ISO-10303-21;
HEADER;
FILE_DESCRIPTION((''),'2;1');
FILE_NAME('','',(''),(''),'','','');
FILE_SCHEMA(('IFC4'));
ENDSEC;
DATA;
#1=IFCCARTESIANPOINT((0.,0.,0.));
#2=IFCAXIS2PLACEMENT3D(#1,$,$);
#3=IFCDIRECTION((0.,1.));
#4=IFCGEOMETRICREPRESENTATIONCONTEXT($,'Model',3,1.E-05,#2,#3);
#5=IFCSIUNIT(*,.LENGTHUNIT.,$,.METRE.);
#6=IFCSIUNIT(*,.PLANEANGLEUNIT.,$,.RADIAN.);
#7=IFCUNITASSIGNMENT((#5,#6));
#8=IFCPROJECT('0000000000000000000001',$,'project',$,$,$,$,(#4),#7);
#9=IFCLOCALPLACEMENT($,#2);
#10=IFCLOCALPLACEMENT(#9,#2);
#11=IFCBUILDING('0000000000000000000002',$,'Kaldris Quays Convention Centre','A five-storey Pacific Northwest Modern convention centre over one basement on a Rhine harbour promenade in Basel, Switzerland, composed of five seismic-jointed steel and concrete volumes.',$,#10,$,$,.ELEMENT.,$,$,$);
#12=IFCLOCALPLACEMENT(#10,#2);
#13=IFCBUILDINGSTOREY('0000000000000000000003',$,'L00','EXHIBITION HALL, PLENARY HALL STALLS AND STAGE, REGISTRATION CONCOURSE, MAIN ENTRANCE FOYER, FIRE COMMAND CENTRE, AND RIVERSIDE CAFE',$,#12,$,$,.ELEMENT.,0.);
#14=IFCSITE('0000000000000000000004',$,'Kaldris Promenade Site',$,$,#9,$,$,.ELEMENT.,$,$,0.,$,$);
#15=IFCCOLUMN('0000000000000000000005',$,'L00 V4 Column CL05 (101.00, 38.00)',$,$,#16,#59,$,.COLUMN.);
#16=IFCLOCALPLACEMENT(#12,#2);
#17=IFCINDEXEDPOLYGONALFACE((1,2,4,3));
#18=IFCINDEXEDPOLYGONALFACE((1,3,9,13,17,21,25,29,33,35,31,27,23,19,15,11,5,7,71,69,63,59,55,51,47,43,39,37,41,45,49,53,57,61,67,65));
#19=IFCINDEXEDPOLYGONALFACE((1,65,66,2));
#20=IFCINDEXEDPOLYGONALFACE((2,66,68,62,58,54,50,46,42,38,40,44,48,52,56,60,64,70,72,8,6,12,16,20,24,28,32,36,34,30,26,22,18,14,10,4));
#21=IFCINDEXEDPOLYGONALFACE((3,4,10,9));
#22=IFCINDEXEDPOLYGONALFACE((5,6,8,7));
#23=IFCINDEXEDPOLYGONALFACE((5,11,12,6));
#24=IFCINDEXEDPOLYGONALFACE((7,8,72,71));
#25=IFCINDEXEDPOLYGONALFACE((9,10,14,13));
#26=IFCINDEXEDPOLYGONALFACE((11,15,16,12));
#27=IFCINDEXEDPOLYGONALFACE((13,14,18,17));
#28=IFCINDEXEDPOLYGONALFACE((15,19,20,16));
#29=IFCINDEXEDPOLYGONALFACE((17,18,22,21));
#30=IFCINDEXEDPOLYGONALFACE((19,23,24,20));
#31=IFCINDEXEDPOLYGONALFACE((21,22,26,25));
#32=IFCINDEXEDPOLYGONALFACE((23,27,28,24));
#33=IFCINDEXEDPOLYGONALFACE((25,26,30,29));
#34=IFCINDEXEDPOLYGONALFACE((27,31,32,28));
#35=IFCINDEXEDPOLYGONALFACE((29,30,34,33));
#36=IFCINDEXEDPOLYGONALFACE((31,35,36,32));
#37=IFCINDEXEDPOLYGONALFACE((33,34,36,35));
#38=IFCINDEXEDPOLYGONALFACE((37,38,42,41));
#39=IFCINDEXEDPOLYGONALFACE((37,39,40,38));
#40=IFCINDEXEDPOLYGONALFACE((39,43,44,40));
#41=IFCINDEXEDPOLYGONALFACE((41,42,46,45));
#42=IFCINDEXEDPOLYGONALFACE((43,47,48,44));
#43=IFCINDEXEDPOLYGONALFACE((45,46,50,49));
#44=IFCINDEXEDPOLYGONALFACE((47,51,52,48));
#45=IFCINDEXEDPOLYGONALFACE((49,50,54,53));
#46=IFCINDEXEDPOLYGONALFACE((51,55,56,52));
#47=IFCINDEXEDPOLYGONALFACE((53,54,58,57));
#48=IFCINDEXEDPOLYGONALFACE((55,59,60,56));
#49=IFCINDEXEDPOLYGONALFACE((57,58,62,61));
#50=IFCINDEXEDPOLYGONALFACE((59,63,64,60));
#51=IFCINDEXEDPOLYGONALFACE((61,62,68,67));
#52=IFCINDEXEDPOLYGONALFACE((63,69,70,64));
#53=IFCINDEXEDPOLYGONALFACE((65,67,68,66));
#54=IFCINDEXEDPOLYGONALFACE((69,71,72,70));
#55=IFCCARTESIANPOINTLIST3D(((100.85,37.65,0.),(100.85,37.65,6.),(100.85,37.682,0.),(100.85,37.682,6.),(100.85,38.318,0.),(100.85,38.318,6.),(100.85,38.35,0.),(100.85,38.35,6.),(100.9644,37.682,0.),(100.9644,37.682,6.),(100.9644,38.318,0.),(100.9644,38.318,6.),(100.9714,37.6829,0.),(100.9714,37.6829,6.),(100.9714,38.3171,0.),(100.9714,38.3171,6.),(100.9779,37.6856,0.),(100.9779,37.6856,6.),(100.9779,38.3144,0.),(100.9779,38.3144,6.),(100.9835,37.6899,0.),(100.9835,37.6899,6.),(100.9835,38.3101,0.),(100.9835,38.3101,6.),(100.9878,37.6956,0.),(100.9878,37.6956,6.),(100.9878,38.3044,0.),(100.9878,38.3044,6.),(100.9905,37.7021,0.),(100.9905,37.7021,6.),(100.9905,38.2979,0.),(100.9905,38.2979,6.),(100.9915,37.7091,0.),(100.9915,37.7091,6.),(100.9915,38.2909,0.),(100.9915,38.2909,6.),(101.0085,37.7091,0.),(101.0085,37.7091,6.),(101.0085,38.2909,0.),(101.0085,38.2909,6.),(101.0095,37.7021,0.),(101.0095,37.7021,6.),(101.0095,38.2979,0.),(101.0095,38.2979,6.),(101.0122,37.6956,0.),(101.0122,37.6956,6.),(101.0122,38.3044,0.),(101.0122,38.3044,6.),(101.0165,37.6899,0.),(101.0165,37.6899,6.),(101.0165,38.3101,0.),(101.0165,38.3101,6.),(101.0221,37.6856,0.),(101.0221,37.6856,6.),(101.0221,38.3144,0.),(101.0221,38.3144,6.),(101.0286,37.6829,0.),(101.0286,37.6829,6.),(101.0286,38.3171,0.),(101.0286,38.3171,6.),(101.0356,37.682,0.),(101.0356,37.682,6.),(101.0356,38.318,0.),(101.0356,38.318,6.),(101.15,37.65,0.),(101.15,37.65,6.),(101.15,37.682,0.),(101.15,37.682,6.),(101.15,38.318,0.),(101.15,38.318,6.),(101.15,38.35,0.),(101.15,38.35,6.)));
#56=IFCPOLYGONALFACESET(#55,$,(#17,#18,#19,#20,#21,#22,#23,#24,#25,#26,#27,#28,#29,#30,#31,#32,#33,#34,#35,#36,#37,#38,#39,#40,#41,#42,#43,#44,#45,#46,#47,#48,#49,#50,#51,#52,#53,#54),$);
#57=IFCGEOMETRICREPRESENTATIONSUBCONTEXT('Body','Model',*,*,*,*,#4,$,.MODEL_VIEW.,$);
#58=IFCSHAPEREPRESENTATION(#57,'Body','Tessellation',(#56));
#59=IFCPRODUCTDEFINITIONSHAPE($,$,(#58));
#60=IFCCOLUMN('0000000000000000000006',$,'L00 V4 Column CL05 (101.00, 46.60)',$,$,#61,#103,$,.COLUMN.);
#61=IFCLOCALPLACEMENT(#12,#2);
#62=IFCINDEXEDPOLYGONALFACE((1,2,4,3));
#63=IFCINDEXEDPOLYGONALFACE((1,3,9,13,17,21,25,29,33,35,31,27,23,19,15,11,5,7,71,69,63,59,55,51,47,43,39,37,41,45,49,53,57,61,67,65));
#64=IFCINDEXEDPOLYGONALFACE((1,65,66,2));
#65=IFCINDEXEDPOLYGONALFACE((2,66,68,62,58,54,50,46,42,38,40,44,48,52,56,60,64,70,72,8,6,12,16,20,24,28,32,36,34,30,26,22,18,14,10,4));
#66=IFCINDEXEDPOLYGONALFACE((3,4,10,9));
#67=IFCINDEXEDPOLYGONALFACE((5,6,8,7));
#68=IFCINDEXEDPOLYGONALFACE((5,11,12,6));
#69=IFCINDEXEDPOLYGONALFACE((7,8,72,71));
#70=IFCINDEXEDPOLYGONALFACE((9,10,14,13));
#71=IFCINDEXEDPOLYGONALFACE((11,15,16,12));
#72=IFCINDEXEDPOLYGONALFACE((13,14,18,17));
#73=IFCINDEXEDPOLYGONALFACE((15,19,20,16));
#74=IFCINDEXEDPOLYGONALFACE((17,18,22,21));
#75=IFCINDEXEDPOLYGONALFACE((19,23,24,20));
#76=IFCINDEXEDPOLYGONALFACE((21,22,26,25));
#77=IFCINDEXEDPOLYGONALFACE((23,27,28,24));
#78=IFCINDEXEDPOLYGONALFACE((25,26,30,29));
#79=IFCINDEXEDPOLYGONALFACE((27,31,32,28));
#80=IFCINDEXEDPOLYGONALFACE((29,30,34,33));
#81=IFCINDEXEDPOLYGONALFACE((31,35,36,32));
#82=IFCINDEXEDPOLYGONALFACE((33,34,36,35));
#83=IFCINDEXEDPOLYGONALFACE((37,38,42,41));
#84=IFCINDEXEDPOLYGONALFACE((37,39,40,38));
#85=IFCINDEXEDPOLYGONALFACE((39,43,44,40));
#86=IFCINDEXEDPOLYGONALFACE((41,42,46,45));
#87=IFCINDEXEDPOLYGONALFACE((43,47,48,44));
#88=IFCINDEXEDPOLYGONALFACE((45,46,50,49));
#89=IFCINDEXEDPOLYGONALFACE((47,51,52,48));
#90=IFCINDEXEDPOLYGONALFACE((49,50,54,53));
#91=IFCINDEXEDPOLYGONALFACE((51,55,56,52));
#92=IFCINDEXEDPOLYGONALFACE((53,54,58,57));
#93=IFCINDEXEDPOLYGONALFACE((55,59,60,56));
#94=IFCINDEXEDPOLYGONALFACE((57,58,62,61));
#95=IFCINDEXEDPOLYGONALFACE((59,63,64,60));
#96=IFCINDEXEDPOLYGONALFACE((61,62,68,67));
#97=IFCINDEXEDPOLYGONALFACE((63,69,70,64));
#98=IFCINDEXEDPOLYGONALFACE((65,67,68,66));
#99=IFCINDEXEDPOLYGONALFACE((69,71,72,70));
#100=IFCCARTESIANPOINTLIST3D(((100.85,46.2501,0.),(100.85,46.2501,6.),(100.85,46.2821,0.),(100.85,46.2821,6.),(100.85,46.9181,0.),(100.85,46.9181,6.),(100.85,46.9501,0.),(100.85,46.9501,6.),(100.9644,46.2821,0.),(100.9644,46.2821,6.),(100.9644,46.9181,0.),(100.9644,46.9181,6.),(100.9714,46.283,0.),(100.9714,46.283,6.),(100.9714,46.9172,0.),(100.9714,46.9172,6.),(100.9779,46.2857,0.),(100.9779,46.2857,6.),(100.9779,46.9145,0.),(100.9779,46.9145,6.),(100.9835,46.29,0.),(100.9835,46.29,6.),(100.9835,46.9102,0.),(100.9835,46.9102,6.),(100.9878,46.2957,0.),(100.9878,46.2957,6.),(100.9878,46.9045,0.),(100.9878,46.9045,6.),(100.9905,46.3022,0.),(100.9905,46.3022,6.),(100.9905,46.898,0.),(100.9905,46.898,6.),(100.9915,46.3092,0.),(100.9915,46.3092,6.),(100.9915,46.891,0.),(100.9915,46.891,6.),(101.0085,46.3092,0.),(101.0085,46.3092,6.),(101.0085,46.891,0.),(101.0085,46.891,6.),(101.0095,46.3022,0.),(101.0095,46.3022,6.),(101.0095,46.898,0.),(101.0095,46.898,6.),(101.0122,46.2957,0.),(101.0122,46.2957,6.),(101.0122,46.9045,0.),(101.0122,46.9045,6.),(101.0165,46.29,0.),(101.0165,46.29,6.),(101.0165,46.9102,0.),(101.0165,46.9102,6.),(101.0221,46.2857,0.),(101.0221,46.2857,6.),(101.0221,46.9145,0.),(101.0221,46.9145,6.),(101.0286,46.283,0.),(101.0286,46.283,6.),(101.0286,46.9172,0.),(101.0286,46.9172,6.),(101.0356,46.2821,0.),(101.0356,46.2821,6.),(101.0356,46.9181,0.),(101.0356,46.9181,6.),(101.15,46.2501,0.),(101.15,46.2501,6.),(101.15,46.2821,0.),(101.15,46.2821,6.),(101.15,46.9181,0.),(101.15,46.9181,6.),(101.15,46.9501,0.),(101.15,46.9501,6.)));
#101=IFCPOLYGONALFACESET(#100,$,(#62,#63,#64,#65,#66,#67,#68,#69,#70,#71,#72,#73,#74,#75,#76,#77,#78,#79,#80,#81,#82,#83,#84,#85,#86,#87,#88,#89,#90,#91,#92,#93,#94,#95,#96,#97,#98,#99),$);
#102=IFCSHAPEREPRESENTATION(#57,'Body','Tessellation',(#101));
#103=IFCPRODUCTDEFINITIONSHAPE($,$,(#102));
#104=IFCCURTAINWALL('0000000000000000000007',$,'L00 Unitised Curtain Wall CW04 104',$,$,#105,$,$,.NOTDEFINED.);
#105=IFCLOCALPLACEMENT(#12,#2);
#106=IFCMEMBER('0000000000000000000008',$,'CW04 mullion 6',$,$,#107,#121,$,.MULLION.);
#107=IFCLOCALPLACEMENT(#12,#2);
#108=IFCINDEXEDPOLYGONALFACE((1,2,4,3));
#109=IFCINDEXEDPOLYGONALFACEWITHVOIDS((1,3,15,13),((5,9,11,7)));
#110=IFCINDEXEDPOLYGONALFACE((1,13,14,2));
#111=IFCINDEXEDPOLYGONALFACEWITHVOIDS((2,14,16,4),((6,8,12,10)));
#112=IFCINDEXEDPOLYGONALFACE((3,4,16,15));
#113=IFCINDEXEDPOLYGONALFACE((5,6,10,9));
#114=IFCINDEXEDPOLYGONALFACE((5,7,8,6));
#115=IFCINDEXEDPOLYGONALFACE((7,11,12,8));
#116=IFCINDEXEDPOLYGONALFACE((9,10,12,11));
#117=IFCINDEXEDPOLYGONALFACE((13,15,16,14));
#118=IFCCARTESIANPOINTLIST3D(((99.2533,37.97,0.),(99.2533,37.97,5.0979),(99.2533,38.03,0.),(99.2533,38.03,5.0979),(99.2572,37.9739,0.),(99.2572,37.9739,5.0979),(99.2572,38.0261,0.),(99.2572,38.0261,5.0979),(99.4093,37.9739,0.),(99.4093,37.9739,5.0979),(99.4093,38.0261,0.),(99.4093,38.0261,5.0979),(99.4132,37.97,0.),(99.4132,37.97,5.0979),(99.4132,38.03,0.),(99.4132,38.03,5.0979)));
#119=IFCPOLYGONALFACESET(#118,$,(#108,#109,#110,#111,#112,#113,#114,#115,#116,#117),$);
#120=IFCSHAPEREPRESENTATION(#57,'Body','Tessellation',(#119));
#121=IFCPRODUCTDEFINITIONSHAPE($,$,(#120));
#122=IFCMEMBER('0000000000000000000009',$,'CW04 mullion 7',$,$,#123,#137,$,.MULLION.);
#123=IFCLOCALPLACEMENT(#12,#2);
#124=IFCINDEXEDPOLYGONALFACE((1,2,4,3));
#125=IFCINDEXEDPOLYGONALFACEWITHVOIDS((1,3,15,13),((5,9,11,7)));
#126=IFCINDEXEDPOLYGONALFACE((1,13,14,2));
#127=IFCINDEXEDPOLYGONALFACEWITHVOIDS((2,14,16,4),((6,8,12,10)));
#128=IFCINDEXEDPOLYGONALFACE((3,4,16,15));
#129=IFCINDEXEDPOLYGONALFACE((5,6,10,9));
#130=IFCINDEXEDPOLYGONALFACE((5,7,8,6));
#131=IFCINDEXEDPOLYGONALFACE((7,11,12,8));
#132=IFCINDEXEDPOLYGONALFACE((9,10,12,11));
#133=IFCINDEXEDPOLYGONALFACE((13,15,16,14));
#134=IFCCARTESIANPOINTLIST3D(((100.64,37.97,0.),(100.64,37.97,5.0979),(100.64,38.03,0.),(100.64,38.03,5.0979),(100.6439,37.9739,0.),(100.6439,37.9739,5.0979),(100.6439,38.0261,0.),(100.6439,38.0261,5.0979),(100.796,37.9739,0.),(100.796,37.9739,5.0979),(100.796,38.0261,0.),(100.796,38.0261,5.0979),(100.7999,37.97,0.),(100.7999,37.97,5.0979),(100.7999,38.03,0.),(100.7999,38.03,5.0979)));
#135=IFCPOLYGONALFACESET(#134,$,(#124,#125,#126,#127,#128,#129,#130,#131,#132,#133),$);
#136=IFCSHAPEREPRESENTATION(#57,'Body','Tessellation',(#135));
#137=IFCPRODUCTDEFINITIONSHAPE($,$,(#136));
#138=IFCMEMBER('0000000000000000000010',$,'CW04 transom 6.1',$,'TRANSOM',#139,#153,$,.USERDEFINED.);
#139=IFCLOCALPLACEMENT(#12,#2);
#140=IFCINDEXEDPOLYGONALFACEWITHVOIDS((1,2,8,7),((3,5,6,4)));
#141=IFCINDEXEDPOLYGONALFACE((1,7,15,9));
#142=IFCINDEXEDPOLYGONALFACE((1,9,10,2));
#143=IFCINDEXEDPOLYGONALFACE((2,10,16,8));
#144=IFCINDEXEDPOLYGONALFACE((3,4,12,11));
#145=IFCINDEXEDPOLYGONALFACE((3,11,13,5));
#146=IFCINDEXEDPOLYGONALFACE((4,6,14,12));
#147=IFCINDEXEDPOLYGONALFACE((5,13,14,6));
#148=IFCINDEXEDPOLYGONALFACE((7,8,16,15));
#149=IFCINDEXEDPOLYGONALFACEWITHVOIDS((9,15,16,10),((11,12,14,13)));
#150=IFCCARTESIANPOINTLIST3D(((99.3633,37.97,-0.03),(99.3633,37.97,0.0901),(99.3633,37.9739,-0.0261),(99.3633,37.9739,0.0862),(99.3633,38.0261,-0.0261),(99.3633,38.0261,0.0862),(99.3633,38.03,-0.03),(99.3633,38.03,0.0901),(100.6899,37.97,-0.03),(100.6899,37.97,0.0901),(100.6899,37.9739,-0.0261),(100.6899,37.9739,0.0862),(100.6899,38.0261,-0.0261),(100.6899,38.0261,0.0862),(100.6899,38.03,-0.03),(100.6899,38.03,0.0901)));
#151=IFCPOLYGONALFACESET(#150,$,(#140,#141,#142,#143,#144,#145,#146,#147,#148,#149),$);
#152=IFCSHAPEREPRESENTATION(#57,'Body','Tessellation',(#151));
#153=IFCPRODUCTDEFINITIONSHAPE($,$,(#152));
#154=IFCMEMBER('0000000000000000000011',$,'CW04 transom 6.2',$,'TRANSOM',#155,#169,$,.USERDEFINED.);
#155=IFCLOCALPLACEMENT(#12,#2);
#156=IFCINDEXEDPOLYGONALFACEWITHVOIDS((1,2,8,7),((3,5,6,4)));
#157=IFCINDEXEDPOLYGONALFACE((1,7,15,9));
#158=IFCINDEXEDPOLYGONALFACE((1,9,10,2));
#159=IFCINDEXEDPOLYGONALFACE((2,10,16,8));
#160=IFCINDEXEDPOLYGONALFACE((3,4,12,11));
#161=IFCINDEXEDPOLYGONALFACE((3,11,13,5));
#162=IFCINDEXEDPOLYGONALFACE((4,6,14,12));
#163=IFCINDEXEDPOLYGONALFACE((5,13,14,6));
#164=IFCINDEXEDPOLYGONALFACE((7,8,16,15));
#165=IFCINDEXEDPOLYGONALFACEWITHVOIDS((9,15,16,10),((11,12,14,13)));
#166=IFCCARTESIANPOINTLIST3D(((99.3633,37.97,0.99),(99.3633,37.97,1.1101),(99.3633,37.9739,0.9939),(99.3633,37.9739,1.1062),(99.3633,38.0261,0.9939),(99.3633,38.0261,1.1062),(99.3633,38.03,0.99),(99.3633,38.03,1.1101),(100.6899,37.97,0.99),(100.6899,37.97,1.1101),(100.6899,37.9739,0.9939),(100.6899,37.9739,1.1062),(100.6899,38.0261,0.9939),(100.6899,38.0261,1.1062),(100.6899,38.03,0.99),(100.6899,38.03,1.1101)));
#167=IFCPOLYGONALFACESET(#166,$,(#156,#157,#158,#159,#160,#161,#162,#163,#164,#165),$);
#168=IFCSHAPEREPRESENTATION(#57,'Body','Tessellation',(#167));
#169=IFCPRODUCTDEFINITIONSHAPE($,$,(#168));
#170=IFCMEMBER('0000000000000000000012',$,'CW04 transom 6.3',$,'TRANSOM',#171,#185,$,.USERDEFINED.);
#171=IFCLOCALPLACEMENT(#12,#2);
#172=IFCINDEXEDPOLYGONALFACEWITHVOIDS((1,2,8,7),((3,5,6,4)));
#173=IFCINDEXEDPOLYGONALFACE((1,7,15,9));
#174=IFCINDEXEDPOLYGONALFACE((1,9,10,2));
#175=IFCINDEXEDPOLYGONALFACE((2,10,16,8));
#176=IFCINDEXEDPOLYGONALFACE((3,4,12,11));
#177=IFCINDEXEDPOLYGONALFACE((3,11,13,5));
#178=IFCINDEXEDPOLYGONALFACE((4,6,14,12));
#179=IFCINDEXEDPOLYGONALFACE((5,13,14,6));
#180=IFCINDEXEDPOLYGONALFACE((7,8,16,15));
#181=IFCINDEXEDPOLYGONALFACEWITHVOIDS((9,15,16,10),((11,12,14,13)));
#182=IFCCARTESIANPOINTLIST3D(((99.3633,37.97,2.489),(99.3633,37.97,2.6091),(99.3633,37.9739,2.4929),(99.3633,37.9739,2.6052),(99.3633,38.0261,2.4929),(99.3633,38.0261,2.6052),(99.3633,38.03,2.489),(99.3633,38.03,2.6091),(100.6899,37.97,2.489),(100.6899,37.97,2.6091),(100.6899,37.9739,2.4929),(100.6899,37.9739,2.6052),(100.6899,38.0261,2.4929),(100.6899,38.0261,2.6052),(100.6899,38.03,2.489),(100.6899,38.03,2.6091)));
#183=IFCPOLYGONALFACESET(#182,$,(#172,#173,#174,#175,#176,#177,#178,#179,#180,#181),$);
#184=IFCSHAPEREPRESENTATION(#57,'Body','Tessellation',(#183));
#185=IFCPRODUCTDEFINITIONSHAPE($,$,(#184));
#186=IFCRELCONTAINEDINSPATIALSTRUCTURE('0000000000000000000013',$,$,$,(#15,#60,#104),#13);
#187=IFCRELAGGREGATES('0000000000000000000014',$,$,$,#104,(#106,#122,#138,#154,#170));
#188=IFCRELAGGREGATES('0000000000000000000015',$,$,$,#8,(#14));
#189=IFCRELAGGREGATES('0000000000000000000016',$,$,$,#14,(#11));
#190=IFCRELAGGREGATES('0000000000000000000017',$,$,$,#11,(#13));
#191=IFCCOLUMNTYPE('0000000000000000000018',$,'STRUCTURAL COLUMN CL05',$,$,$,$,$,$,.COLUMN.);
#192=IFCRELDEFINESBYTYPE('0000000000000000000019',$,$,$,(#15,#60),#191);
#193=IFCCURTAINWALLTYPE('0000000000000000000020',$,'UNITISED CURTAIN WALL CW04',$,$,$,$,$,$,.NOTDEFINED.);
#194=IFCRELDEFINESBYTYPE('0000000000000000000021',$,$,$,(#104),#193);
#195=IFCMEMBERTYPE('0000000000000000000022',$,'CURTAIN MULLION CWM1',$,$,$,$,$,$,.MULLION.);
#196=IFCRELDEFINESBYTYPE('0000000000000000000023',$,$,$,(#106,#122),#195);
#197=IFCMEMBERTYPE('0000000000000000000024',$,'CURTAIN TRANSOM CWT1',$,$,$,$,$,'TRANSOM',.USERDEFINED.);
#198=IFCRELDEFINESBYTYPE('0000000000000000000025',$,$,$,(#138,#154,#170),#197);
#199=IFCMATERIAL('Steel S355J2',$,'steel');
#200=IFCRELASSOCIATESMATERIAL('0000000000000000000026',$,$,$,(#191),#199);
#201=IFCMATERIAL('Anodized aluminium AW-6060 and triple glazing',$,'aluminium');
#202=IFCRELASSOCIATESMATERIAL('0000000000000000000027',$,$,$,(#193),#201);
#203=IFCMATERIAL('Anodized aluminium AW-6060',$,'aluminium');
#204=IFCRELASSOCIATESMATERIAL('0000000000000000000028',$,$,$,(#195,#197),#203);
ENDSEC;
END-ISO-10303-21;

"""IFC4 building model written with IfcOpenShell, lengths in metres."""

from ifc_helpers import new_model, si_unit, direction, frame, origin, origin_2d, place, context, subcontext, project, spatial, hollow_rectangle, i_section, extrude, material, material_profile, profile_set, type_object, element, aggregate, save


model = new_model("IFC4")

# Units and contexts
model_context = context("Model", 3, precision=1e-05, world=origin(), true_north=direction((0.0, 1.0)))
body_context = subcontext(model_context, "Body", "Model", "MODEL_VIEW")
ifc_project = project(units=[si_unit("LENGTHUNIT", "METRE"), si_unit("PLANEANGLEUNIT", "RADIAN")], contexts=[model_context])

# Site, building, storey
site_placement = place(None, origin())
site = spatial("IfcSite", under=ifc_project, at=site_placement, Name="Kaldris Promenade Site", CompositionType="ELEMENT", RefElevation=0.0)
building_placement = place(site_placement, origin())
building = spatial("IfcBuilding", under=site, at=building_placement, Name="Kaldris Quays Convention Centre", Description="A five-storey Pacific Northwest Modern convention centre over one basement on a Rhine harbour promenade in Basel, Switzerland, composed of five seismic-jointed steel and concrete volumes.", CompositionType="ELEMENT")
storey_placement = place(building_placement, origin())
storey = spatial("IfcBuildingStorey", under=building, at=storey_placement, Name="L00", Description="EXHIBITION HALL, PLENARY HALL STALLS AND STAGE, REGISTRATION CONCOURSE, MAIN ENTRANCE FOYER, FIRE COMMAND CENTRE, AND RIVERSIDE CAFE", CompositionType="ELEMENT", Elevation=0.0)

# Columns
ifc_material_1 = material(Name="Steel S355J2", Category="steel")
ifc_material_profile_1 = material_profile(ifc_material_1, i_section(OverallWidth=0.3, OverallDepth=0.7, WebThickness=0.0171, FlangeThickness=0.032, FilletRadius=0.0271, at=origin_2d()), Name="HEB 700")
ifc_profile_set_1 = profile_set([ifc_material_profile_1], Name="Steel S355J2")
column_type = type_object("IfcColumnType", Name="STRUCTURAL COLUMN CL05", PredefinedType="COLUMN", material=ifc_profile_set_1)
for number, where, z_axis, x_axis, name in (
    (1, (101.0, 38.0, 0.0), (0.0, 0.0, 1.0), (1.0, 0.0, 0.0), "L00 V4 Column CL05 (101.00, 38.00)"),
    (2, (101.0, 46.6001, 0.0), (0.0, 0.0, 1.0), (1.0, 0.0, 0.0), "L00 V4 Column CL05 (101.00, 46.60)"),
):
    element("IfcColumn", number, at=place(storey_placement, frame(where, z_axis=z_axis, x_axis=x_axis)), inside=storey, type_object=column_type, Name=name, PredefinedType="COLUMN", context=body_context, shape_type="SweptSolid", body=[
        extrude(i_section(OverallWidth=0.3, OverallDepth=0.7, WebThickness=0.0171, FlangeThickness=0.032, FilletRadius=0.0271, at=origin_2d()), origin(), (0.0, 0.0, 1.0), 6.0),
    ])

# Curtain wall, members
ifc_material_2 = material(Name="Anodized aluminium AW-6060 and triple glazing", Category="aluminium")
curtain_wall_type = type_object("IfcCurtainWallType", Name="UNITISED CURTAIN WALL CW04", PredefinedType="NOTDEFINED", material=ifc_material_2)
curtain_wall_placement = place(storey_placement, origin())
curtain_wall = element("IfcCurtainWall", 3, at=curtain_wall_placement, inside=storey, type_object=curtain_wall_type, Name="L00 Unitised Curtain Wall CW04 104", PredefinedType="NOTDEFINED")
ifc_material_3 = material(Name="Anodized aluminium AW-6060", Category="aluminium")
ifc_material_profile_2 = material_profile(ifc_material_3, hollow_rectangle(XDim=0.0601, YDim=0.1599, WallThickness=0.0039, at=origin_2d()), Name="RHS 160x60x4")
ifc_profile_set_2 = profile_set([ifc_material_profile_2], Name="Anodized aluminium AW-6060")
member_type_1 = type_object("IfcMemberType", Name="CURTAIN MULLION CWM1", PredefinedType="MULLION", material=ifc_profile_set_2)
member_1_placement = place(storey_placement, frame((99.3333, 38.0, 0.0), z_axis=(0.0, 0.0, 1.0), x_axis=(0.0, 1.0, 0.0)))
member_1 = element("IfcMember", 4, at=member_1_placement, type_object=member_type_1, Name="CW04 mullion 6", PredefinedType="MULLION", context=body_context, shape_type="SweptSolid", body=[
    extrude(hollow_rectangle(XDim=0.0601, YDim=0.1599, WallThickness=0.0039, at=origin_2d()), origin(), (0.0, 0.0, 1.0), 5.0979),
])
member_2_placement = place(storey_placement, frame((100.72, 38.0, 0.0), z_axis=(0.0, 0.0, 1.0), x_axis=(0.0, 1.0, 0.0)))
member_2 = element("IfcMember", 5, at=member_2_placement, type_object=member_type_1, Name="CW04 mullion 7", PredefinedType="MULLION", context=body_context, shape_type="SweptSolid", body=[
    extrude(hollow_rectangle(XDim=0.0601, YDim=0.1599, WallThickness=0.0039, at=origin_2d()), origin(), (0.0, 0.0, 1.0), 5.0979),
])
ifc_material_profile_3 = material_profile(ifc_material_3, hollow_rectangle(XDim=0.0601, YDim=0.1201, WallThickness=0.0039, at=origin_2d()), Name="RHS 120x60x4")
ifc_profile_set_3 = profile_set([ifc_material_profile_3], Name="Anodized aluminium AW-6060")
member_type_2 = type_object("IfcMemberType", Name="CURTAIN TRANSOM CWT1", ElementType="TRANSOM", PredefinedType="USERDEFINED", material=ifc_profile_set_3)
member_3_placement = place(storey_placement, frame((99.3633, 38.0, 0.03), z_axis=(1.0, 0.0, 0.0), x_axis=(0.0, 1.0, 0.0)))
member_3 = element("IfcMember", 6, at=member_3_placement, type_object=member_type_2, Name="CW04 transom 6.1", ObjectType="TRANSOM", PredefinedType="USERDEFINED", context=body_context, shape_type="SweptSolid", body=[
    extrude(hollow_rectangle(XDim=0.0601, YDim=0.1201, WallThickness=0.0039, at=origin_2d()), origin(), (0.0, 0.0, 1.0), 1.3267),
])
member_4_placement = place(storey_placement, frame((99.3633, 38.0, 1.05), z_axis=(1.0, 0.0, 0.0), x_axis=(0.0, 1.0, 0.0)))
member_4 = element("IfcMember", 7, at=member_4_placement, type_object=member_type_2, Name="CW04 transom 6.2", ObjectType="TRANSOM", PredefinedType="USERDEFINED", context=body_context, shape_type="SweptSolid", body=[
    extrude(hollow_rectangle(XDim=0.0601, YDim=0.1201, WallThickness=0.0039, at=origin_2d()), origin(), (0.0, 0.0, 1.0), 1.3267),
])
member_5_placement = place(storey_placement, frame((99.3633, 38.0, 2.5491), z_axis=(1.0, 0.0, 0.0), x_axis=(0.0, 1.0, 0.0)))
member_5 = element("IfcMember", 8, at=member_5_placement, type_object=member_type_2, Name="CW04 transom 6.3", ObjectType="TRANSOM", PredefinedType="USERDEFINED", context=body_context, shape_type="SweptSolid", body=[
    extrude(hollow_rectangle(XDim=0.0601, YDim=0.1201, WallThickness=0.0039, at=origin_2d()), origin(), (0.0, 0.0, 1.0), 1.3267),
])

aggregate(curtain_wall, [member_1, member_2, member_3, member_4, member_5])

save(model, "model.ifc")
